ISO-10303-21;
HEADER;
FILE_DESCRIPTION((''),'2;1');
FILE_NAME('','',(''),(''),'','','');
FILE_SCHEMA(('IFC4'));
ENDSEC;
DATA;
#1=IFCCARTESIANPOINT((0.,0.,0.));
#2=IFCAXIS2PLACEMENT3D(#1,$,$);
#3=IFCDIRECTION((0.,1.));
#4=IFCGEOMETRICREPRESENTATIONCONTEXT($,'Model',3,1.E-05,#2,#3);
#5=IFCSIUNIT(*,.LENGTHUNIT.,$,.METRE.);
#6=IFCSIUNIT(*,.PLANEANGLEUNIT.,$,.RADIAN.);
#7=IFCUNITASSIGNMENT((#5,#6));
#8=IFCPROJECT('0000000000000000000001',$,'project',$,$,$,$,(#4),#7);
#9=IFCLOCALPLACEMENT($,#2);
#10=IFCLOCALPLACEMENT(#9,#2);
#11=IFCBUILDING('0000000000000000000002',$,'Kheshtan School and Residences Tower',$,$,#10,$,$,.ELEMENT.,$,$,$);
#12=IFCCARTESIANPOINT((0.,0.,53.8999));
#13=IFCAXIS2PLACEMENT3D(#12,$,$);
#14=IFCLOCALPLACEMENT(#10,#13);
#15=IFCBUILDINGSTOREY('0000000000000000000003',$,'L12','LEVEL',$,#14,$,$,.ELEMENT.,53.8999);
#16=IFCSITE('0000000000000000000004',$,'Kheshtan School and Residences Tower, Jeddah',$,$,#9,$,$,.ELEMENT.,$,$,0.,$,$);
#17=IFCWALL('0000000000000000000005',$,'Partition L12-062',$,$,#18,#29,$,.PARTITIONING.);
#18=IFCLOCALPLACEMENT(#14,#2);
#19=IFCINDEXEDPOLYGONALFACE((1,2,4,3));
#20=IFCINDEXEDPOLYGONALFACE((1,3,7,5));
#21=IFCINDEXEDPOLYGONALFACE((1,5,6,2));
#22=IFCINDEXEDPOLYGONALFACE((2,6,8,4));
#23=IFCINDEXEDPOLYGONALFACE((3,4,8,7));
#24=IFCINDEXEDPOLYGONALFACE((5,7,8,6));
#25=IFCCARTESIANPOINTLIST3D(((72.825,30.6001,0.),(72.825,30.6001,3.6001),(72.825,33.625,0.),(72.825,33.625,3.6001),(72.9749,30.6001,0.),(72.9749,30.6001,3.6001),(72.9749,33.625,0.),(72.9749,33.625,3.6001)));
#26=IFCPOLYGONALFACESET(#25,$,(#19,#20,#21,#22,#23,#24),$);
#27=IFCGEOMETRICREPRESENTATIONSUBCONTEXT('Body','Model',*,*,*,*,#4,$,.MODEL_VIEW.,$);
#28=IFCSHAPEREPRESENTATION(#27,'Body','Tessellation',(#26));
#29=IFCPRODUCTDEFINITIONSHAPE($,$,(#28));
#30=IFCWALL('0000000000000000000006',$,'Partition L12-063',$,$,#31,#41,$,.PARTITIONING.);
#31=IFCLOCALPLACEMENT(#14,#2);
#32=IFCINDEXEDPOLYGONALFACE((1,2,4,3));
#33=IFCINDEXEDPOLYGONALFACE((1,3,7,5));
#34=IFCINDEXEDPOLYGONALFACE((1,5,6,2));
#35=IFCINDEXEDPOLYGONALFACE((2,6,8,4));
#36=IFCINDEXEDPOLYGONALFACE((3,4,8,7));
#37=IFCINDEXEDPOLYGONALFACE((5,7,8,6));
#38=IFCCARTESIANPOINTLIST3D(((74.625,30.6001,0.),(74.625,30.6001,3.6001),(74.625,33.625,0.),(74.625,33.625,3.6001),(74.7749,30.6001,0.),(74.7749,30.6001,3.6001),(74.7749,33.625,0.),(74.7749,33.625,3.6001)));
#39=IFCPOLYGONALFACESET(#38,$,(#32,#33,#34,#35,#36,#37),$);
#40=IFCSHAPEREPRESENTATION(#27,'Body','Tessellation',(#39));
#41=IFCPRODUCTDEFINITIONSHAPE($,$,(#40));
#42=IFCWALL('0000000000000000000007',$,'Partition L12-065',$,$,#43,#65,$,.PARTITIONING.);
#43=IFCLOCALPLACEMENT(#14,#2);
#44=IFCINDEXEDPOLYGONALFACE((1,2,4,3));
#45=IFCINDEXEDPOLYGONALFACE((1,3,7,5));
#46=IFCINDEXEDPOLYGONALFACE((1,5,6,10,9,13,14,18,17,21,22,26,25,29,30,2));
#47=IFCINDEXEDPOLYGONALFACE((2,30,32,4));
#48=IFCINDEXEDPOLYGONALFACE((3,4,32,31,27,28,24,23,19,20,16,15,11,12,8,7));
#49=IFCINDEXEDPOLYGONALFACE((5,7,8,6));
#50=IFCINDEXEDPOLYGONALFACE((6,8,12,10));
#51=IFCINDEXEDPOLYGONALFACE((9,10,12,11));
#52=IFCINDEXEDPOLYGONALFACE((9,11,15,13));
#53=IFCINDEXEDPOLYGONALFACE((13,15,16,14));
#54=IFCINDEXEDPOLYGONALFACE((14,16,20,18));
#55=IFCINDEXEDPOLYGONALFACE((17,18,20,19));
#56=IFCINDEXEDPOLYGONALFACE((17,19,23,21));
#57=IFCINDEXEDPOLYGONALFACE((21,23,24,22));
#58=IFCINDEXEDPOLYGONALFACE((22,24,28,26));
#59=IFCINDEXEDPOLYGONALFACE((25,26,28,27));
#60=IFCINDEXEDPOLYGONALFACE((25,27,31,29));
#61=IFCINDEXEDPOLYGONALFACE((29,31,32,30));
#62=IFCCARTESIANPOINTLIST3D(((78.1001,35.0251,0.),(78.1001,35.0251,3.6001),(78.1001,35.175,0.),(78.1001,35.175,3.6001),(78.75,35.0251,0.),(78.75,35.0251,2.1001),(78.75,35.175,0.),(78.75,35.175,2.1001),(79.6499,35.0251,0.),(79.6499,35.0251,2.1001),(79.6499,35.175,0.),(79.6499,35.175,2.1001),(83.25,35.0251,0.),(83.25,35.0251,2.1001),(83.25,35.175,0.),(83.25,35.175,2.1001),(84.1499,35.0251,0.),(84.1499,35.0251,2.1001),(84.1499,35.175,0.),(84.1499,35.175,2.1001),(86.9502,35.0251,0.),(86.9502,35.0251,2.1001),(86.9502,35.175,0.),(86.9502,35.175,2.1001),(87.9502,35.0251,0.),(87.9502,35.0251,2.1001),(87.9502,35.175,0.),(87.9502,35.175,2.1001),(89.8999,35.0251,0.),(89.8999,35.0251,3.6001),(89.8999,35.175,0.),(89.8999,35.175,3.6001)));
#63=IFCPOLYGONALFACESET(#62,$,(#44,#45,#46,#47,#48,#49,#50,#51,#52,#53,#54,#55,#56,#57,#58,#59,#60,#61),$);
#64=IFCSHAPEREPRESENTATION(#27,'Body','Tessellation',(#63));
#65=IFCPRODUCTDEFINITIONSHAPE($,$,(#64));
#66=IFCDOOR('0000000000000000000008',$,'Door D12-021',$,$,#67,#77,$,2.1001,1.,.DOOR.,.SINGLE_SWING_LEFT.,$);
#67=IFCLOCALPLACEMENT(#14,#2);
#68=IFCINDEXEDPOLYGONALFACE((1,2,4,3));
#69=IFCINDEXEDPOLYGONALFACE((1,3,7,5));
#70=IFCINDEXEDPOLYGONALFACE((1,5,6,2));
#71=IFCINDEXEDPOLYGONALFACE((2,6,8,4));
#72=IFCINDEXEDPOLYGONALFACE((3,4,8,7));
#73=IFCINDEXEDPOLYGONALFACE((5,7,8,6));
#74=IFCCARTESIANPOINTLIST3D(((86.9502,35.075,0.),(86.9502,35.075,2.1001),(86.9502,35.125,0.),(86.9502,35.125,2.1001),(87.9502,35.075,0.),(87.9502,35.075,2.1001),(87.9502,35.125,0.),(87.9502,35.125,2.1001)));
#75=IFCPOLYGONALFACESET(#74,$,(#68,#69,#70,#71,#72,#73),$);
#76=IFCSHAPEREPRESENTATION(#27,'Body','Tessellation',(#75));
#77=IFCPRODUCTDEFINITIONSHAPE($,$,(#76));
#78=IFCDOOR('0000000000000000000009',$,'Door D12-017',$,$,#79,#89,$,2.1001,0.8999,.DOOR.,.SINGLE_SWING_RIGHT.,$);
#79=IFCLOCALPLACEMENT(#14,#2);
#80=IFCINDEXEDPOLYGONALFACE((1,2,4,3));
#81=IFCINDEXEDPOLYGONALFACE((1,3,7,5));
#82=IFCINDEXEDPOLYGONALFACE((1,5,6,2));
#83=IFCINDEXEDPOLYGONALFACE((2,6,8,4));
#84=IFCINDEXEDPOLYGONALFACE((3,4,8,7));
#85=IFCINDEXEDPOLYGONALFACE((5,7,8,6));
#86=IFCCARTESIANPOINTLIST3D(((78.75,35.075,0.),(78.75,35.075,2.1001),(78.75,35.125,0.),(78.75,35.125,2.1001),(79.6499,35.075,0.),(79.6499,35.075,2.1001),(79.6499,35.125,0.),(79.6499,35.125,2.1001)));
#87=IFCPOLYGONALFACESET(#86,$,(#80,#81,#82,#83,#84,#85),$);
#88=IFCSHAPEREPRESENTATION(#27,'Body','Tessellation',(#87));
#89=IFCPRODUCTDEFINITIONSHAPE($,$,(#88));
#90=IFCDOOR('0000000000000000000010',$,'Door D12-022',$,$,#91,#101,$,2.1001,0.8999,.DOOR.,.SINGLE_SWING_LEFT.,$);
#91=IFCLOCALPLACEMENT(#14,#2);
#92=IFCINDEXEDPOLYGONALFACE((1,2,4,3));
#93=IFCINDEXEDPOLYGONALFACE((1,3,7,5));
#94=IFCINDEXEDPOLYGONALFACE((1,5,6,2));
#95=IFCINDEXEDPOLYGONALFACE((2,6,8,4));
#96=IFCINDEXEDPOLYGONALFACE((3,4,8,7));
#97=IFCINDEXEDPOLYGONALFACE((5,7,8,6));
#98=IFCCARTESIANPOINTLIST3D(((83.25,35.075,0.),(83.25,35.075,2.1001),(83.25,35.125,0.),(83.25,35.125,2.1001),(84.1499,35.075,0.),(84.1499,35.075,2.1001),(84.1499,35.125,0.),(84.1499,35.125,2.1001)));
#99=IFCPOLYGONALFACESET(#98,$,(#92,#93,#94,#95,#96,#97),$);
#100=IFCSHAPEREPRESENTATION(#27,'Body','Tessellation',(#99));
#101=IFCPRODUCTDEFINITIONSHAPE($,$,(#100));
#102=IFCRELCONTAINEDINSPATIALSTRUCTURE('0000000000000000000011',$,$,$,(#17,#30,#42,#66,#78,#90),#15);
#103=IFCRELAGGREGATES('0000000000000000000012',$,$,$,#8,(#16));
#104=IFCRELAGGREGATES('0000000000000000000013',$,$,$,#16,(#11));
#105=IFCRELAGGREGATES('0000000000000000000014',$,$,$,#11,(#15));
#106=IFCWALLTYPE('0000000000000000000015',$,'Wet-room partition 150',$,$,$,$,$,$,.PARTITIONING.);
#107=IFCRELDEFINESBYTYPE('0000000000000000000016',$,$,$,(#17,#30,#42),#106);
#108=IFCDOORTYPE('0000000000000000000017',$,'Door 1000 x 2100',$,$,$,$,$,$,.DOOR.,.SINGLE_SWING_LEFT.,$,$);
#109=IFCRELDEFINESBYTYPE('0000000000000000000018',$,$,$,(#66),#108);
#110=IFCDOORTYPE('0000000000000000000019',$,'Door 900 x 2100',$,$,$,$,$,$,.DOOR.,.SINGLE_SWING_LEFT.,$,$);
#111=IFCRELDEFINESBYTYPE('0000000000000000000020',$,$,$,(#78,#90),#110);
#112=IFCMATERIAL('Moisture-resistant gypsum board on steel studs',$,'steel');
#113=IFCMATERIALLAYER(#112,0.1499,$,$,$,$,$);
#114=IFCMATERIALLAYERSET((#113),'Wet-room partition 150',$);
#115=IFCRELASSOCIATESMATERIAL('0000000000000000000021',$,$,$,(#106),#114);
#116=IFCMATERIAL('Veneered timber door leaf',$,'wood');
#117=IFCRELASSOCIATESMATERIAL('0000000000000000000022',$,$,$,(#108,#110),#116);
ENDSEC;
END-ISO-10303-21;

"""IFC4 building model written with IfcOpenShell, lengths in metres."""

from ifc_helpers import new_model, si_unit, direction, frame, frame_2d, origin, place, context, subcontext, project, spatial, rectangle, extrude, source, transform, mapped, material, layer, layer_set, type_object, element, fill, save


model = new_model("IFC4")

# Units and contexts
model_context = context("Model", 3, precision=1e-05, world=origin(), true_north=direction((0.0, 1.0)))
body_context = subcontext(model_context, "Body", "Model", "MODEL_VIEW")
ifc_project = project(units=[si_unit("LENGTHUNIT", "METRE"), si_unit("PLANEANGLEUNIT", "RADIAN")], contexts=[model_context])

# Site, building, storey
site_placement = place(None, origin())
site = spatial("IfcSite", under=ifc_project, at=site_placement, Name="Kheshtan School and Residences Tower, Jeddah", CompositionType="ELEMENT", RefElevation=0.0)
building_placement = place(site_placement, origin())
building = spatial("IfcBuilding", under=site, at=building_placement, Name="Kheshtan School and Residences Tower", CompositionType="ELEMENT")
storey_placement = place(building_placement, frame((0.0, 0.0, 53.8999)))
storey = spatial("IfcBuildingStorey", under=building, at=storey_placement, Name="L12", Description="LEVEL", CompositionType="ELEMENT", Elevation=53.8999)

# Shared definitions
ifc_material_1 = material(Name="Moisture-resistant gypsum board on steel studs", Category="steel")
ifc_layer_1 = layer(ifc_material_1, 0.1499)
ifc_layer_set_1 = layer_set([ifc_layer_1], Name="Wet-room partition 150")
wall_type_1 = type_object("IfcWallType", Name="Wet-room partition 150", PredefinedType="PARTITIONING", material=ifc_layer_set_1)

# Shared definitions
ifc_material_2 = material(Name="Veneered timber door leaf", Category="wood")
door_type_1 = type_object("IfcDoorType", Name="Door 1000 x 2100", OperationType="SINGLE_SWING_LEFT", PredefinedType="DOOR", material=ifc_material_2)
shared_shape_1 = source(origin(), body_context, "Body", "SweptSolid", [
    extrude(rectangle(XDim=1.0, YDim=2.1001, at=frame_2d((0.5, 1.05))), frame((0.0, 0.0249, 0.0), z_axis=(0.0, -1.0, 0.0), x_axis=(1.0, 0.0, 0.0)), (0.0, 0.0, 1.0), 0.05),
])
door_type_2 = type_object("IfcDoorType", Name="Door 900 x 2100", OperationType="SINGLE_SWING_LEFT", PredefinedType="DOOR", material=ifc_material_2)
shared_shape_2 = source(origin(), body_context, "Body", "SweptSolid", [
    extrude(rectangle(XDim=0.8999, YDim=2.1001, at=frame_2d((0.45, 1.05))), frame((0.0, 0.0249, 0.0), z_axis=(0.0, -1.0, 0.0), x_axis=(1.0, 0.0, 0.0)), (0.0, 0.0, 1.0), 0.05),
])

# Walls
for number, where, z_axis, x_axis, name in (
    (1, (72.8999, 30.6001, 0.0), (0.0, 0.0, 1.0), (0.0, 1.0, 0.0), "Partition L12-062"),
    (2, (74.7, 30.6001, 0.0), (0.0, 0.0, 1.0), (0.0, 1.0, 0.0), "Partition L12-063"),
):
    element("IfcWall", number, at=place(storey_placement, frame(where, z_axis=z_axis, x_axis=x_axis)), inside=storey, type_object=wall_type_1, Name=name, PredefinedType="PARTITIONING", context=body_context, shape_type="SweptSolid", body=[
        extrude(rectangle(XDim=3.0249, YDim=0.1499, at=frame_2d((1.5125, 0.0))), origin(), (0.0, 0.0, 1.0), 3.6001),
    ])

# Wall, openings, doors
wall_1_placement = place(storey_placement, frame((78.1001, 35.1001, 0.0), z_axis=(0.0, 0.0, 1.0), x_axis=(1.0, 0.0, 0.0)))
wall_1 = element("IfcWall", 3, at=wall_1_placement, inside=storey, type_object=wall_type_1, Name="Partition L12-065", PredefinedType="PARTITIONING", context=body_context, shape_type="SweptSolid", body=[
    extrude(rectangle(XDim=11.7998, YDim=0.1499, at=frame_2d((5.8999, 0.0))), origin(), (0.0, 0.0, 1.0), 3.6001),
])
opening_1_placement = place(wall_1_placement, frame((0.6499, 0.0, 0.0)))
opening_1 = element("IfcOpeningElement", 4, at=opening_1_placement, cuts=wall_1, PredefinedType="OPENING", context=body_context, shape_type="SweptSolid", body=[
    extrude(rectangle(XDim=0.8999, YDim=2.1001, at=frame_2d((0.45, 1.05))), frame((0.0, 0.085, 0.0), z_axis=(0.0, -1.0, 0.0), x_axis=(1.0, 0.0, 0.0)), (0.0, 0.0, 1.0), 0.1699),
])
opening_2_placement = place(wall_1_placement, frame((8.8501, 0.0, 0.0)))
opening_2 = element("IfcOpeningElement", 5, at=opening_2_placement, cuts=wall_1, PredefinedType="OPENING", context=body_context, shape_type="SweptSolid", body=[
    extrude(rectangle(XDim=1.0, YDim=2.1001, at=frame_2d((0.5, 1.05))), frame((0.0, 0.085, 0.0), z_axis=(0.0, -1.0, 0.0), x_axis=(1.0, 0.0, 0.0)), (0.0, 0.0, 1.0), 0.1699),
])
opening_3_placement = place(wall_1_placement, frame((5.1499, 0.0, 0.0)))
opening_3 = element("IfcOpeningElement", 6, at=opening_3_placement, cuts=wall_1, PredefinedType="OPENING", context=body_context, shape_type="SweptSolid", body=[
    extrude(rectangle(XDim=0.8999, YDim=2.1001, at=frame_2d((0.45, 1.05))), frame((0.0, 0.085, 0.0), z_axis=(0.0, -1.0, 0.0), x_axis=(1.0, 0.0, 0.0)), (0.0, 0.0, 1.0), 0.1699),
])
door_1_placement = place(opening_2_placement, origin())
door_1 = element("IfcDoor", 7, at=door_1_placement, inside=storey, type_object=door_type_1, Name="Door D12-021", OperationType="SINGLE_SWING_LEFT", OverallHeight=2.1001, OverallWidth=1.0, PredefinedType="DOOR", context=body_context, shape_type="MappedRepresentation", body=[
    mapped(shared_shape_1, transform((0.0, 0.0, 0.0), x_axis=(1.0, 0.0, 0.0), y_axis=(0.0, 1.0, 0.0), z_axis=(0.0, 0.0, 1.0), scale=1.0)),
])
fill(opening_2, door_1)
door_2_placement = place(opening_1_placement, origin())
door_2 = element("IfcDoor", 8, at=door_2_placement, inside=storey, type_object=door_type_2, Name="Door D12-017", OperationType="SINGLE_SWING_RIGHT", OverallHeight=2.1001, OverallWidth=0.8999, PredefinedType="DOOR", context=body_context, shape_type="MappedRepresentation", body=[
    mapped(shared_shape_2, transform((0.0, 0.0, 0.0), x_axis=(1.0, 0.0, 0.0), y_axis=(0.0, 1.0, 0.0), z_axis=(0.0, 0.0, 1.0), scale=1.0)),
])
fill(opening_1, door_2)
door_3_placement = place(opening_3_placement, origin())
door_3 = element("IfcDoor", 9, at=door_3_placement, inside=storey, type_object=door_type_2, Name="Door D12-022", OperationType="SINGLE_SWING_LEFT", OverallHeight=2.1001, OverallWidth=0.8999, PredefinedType="DOOR", context=body_context, shape_type="MappedRepresentation", body=[
    mapped(shared_shape_2, transform((0.0, 0.0, 0.0), x_axis=(1.0, 0.0, 0.0), y_axis=(0.0, 1.0, 0.0), z_axis=(0.0, 0.0, 1.0), scale=1.0)),
])
fill(opening_3, door_3)

save(model, "model.ifc")
